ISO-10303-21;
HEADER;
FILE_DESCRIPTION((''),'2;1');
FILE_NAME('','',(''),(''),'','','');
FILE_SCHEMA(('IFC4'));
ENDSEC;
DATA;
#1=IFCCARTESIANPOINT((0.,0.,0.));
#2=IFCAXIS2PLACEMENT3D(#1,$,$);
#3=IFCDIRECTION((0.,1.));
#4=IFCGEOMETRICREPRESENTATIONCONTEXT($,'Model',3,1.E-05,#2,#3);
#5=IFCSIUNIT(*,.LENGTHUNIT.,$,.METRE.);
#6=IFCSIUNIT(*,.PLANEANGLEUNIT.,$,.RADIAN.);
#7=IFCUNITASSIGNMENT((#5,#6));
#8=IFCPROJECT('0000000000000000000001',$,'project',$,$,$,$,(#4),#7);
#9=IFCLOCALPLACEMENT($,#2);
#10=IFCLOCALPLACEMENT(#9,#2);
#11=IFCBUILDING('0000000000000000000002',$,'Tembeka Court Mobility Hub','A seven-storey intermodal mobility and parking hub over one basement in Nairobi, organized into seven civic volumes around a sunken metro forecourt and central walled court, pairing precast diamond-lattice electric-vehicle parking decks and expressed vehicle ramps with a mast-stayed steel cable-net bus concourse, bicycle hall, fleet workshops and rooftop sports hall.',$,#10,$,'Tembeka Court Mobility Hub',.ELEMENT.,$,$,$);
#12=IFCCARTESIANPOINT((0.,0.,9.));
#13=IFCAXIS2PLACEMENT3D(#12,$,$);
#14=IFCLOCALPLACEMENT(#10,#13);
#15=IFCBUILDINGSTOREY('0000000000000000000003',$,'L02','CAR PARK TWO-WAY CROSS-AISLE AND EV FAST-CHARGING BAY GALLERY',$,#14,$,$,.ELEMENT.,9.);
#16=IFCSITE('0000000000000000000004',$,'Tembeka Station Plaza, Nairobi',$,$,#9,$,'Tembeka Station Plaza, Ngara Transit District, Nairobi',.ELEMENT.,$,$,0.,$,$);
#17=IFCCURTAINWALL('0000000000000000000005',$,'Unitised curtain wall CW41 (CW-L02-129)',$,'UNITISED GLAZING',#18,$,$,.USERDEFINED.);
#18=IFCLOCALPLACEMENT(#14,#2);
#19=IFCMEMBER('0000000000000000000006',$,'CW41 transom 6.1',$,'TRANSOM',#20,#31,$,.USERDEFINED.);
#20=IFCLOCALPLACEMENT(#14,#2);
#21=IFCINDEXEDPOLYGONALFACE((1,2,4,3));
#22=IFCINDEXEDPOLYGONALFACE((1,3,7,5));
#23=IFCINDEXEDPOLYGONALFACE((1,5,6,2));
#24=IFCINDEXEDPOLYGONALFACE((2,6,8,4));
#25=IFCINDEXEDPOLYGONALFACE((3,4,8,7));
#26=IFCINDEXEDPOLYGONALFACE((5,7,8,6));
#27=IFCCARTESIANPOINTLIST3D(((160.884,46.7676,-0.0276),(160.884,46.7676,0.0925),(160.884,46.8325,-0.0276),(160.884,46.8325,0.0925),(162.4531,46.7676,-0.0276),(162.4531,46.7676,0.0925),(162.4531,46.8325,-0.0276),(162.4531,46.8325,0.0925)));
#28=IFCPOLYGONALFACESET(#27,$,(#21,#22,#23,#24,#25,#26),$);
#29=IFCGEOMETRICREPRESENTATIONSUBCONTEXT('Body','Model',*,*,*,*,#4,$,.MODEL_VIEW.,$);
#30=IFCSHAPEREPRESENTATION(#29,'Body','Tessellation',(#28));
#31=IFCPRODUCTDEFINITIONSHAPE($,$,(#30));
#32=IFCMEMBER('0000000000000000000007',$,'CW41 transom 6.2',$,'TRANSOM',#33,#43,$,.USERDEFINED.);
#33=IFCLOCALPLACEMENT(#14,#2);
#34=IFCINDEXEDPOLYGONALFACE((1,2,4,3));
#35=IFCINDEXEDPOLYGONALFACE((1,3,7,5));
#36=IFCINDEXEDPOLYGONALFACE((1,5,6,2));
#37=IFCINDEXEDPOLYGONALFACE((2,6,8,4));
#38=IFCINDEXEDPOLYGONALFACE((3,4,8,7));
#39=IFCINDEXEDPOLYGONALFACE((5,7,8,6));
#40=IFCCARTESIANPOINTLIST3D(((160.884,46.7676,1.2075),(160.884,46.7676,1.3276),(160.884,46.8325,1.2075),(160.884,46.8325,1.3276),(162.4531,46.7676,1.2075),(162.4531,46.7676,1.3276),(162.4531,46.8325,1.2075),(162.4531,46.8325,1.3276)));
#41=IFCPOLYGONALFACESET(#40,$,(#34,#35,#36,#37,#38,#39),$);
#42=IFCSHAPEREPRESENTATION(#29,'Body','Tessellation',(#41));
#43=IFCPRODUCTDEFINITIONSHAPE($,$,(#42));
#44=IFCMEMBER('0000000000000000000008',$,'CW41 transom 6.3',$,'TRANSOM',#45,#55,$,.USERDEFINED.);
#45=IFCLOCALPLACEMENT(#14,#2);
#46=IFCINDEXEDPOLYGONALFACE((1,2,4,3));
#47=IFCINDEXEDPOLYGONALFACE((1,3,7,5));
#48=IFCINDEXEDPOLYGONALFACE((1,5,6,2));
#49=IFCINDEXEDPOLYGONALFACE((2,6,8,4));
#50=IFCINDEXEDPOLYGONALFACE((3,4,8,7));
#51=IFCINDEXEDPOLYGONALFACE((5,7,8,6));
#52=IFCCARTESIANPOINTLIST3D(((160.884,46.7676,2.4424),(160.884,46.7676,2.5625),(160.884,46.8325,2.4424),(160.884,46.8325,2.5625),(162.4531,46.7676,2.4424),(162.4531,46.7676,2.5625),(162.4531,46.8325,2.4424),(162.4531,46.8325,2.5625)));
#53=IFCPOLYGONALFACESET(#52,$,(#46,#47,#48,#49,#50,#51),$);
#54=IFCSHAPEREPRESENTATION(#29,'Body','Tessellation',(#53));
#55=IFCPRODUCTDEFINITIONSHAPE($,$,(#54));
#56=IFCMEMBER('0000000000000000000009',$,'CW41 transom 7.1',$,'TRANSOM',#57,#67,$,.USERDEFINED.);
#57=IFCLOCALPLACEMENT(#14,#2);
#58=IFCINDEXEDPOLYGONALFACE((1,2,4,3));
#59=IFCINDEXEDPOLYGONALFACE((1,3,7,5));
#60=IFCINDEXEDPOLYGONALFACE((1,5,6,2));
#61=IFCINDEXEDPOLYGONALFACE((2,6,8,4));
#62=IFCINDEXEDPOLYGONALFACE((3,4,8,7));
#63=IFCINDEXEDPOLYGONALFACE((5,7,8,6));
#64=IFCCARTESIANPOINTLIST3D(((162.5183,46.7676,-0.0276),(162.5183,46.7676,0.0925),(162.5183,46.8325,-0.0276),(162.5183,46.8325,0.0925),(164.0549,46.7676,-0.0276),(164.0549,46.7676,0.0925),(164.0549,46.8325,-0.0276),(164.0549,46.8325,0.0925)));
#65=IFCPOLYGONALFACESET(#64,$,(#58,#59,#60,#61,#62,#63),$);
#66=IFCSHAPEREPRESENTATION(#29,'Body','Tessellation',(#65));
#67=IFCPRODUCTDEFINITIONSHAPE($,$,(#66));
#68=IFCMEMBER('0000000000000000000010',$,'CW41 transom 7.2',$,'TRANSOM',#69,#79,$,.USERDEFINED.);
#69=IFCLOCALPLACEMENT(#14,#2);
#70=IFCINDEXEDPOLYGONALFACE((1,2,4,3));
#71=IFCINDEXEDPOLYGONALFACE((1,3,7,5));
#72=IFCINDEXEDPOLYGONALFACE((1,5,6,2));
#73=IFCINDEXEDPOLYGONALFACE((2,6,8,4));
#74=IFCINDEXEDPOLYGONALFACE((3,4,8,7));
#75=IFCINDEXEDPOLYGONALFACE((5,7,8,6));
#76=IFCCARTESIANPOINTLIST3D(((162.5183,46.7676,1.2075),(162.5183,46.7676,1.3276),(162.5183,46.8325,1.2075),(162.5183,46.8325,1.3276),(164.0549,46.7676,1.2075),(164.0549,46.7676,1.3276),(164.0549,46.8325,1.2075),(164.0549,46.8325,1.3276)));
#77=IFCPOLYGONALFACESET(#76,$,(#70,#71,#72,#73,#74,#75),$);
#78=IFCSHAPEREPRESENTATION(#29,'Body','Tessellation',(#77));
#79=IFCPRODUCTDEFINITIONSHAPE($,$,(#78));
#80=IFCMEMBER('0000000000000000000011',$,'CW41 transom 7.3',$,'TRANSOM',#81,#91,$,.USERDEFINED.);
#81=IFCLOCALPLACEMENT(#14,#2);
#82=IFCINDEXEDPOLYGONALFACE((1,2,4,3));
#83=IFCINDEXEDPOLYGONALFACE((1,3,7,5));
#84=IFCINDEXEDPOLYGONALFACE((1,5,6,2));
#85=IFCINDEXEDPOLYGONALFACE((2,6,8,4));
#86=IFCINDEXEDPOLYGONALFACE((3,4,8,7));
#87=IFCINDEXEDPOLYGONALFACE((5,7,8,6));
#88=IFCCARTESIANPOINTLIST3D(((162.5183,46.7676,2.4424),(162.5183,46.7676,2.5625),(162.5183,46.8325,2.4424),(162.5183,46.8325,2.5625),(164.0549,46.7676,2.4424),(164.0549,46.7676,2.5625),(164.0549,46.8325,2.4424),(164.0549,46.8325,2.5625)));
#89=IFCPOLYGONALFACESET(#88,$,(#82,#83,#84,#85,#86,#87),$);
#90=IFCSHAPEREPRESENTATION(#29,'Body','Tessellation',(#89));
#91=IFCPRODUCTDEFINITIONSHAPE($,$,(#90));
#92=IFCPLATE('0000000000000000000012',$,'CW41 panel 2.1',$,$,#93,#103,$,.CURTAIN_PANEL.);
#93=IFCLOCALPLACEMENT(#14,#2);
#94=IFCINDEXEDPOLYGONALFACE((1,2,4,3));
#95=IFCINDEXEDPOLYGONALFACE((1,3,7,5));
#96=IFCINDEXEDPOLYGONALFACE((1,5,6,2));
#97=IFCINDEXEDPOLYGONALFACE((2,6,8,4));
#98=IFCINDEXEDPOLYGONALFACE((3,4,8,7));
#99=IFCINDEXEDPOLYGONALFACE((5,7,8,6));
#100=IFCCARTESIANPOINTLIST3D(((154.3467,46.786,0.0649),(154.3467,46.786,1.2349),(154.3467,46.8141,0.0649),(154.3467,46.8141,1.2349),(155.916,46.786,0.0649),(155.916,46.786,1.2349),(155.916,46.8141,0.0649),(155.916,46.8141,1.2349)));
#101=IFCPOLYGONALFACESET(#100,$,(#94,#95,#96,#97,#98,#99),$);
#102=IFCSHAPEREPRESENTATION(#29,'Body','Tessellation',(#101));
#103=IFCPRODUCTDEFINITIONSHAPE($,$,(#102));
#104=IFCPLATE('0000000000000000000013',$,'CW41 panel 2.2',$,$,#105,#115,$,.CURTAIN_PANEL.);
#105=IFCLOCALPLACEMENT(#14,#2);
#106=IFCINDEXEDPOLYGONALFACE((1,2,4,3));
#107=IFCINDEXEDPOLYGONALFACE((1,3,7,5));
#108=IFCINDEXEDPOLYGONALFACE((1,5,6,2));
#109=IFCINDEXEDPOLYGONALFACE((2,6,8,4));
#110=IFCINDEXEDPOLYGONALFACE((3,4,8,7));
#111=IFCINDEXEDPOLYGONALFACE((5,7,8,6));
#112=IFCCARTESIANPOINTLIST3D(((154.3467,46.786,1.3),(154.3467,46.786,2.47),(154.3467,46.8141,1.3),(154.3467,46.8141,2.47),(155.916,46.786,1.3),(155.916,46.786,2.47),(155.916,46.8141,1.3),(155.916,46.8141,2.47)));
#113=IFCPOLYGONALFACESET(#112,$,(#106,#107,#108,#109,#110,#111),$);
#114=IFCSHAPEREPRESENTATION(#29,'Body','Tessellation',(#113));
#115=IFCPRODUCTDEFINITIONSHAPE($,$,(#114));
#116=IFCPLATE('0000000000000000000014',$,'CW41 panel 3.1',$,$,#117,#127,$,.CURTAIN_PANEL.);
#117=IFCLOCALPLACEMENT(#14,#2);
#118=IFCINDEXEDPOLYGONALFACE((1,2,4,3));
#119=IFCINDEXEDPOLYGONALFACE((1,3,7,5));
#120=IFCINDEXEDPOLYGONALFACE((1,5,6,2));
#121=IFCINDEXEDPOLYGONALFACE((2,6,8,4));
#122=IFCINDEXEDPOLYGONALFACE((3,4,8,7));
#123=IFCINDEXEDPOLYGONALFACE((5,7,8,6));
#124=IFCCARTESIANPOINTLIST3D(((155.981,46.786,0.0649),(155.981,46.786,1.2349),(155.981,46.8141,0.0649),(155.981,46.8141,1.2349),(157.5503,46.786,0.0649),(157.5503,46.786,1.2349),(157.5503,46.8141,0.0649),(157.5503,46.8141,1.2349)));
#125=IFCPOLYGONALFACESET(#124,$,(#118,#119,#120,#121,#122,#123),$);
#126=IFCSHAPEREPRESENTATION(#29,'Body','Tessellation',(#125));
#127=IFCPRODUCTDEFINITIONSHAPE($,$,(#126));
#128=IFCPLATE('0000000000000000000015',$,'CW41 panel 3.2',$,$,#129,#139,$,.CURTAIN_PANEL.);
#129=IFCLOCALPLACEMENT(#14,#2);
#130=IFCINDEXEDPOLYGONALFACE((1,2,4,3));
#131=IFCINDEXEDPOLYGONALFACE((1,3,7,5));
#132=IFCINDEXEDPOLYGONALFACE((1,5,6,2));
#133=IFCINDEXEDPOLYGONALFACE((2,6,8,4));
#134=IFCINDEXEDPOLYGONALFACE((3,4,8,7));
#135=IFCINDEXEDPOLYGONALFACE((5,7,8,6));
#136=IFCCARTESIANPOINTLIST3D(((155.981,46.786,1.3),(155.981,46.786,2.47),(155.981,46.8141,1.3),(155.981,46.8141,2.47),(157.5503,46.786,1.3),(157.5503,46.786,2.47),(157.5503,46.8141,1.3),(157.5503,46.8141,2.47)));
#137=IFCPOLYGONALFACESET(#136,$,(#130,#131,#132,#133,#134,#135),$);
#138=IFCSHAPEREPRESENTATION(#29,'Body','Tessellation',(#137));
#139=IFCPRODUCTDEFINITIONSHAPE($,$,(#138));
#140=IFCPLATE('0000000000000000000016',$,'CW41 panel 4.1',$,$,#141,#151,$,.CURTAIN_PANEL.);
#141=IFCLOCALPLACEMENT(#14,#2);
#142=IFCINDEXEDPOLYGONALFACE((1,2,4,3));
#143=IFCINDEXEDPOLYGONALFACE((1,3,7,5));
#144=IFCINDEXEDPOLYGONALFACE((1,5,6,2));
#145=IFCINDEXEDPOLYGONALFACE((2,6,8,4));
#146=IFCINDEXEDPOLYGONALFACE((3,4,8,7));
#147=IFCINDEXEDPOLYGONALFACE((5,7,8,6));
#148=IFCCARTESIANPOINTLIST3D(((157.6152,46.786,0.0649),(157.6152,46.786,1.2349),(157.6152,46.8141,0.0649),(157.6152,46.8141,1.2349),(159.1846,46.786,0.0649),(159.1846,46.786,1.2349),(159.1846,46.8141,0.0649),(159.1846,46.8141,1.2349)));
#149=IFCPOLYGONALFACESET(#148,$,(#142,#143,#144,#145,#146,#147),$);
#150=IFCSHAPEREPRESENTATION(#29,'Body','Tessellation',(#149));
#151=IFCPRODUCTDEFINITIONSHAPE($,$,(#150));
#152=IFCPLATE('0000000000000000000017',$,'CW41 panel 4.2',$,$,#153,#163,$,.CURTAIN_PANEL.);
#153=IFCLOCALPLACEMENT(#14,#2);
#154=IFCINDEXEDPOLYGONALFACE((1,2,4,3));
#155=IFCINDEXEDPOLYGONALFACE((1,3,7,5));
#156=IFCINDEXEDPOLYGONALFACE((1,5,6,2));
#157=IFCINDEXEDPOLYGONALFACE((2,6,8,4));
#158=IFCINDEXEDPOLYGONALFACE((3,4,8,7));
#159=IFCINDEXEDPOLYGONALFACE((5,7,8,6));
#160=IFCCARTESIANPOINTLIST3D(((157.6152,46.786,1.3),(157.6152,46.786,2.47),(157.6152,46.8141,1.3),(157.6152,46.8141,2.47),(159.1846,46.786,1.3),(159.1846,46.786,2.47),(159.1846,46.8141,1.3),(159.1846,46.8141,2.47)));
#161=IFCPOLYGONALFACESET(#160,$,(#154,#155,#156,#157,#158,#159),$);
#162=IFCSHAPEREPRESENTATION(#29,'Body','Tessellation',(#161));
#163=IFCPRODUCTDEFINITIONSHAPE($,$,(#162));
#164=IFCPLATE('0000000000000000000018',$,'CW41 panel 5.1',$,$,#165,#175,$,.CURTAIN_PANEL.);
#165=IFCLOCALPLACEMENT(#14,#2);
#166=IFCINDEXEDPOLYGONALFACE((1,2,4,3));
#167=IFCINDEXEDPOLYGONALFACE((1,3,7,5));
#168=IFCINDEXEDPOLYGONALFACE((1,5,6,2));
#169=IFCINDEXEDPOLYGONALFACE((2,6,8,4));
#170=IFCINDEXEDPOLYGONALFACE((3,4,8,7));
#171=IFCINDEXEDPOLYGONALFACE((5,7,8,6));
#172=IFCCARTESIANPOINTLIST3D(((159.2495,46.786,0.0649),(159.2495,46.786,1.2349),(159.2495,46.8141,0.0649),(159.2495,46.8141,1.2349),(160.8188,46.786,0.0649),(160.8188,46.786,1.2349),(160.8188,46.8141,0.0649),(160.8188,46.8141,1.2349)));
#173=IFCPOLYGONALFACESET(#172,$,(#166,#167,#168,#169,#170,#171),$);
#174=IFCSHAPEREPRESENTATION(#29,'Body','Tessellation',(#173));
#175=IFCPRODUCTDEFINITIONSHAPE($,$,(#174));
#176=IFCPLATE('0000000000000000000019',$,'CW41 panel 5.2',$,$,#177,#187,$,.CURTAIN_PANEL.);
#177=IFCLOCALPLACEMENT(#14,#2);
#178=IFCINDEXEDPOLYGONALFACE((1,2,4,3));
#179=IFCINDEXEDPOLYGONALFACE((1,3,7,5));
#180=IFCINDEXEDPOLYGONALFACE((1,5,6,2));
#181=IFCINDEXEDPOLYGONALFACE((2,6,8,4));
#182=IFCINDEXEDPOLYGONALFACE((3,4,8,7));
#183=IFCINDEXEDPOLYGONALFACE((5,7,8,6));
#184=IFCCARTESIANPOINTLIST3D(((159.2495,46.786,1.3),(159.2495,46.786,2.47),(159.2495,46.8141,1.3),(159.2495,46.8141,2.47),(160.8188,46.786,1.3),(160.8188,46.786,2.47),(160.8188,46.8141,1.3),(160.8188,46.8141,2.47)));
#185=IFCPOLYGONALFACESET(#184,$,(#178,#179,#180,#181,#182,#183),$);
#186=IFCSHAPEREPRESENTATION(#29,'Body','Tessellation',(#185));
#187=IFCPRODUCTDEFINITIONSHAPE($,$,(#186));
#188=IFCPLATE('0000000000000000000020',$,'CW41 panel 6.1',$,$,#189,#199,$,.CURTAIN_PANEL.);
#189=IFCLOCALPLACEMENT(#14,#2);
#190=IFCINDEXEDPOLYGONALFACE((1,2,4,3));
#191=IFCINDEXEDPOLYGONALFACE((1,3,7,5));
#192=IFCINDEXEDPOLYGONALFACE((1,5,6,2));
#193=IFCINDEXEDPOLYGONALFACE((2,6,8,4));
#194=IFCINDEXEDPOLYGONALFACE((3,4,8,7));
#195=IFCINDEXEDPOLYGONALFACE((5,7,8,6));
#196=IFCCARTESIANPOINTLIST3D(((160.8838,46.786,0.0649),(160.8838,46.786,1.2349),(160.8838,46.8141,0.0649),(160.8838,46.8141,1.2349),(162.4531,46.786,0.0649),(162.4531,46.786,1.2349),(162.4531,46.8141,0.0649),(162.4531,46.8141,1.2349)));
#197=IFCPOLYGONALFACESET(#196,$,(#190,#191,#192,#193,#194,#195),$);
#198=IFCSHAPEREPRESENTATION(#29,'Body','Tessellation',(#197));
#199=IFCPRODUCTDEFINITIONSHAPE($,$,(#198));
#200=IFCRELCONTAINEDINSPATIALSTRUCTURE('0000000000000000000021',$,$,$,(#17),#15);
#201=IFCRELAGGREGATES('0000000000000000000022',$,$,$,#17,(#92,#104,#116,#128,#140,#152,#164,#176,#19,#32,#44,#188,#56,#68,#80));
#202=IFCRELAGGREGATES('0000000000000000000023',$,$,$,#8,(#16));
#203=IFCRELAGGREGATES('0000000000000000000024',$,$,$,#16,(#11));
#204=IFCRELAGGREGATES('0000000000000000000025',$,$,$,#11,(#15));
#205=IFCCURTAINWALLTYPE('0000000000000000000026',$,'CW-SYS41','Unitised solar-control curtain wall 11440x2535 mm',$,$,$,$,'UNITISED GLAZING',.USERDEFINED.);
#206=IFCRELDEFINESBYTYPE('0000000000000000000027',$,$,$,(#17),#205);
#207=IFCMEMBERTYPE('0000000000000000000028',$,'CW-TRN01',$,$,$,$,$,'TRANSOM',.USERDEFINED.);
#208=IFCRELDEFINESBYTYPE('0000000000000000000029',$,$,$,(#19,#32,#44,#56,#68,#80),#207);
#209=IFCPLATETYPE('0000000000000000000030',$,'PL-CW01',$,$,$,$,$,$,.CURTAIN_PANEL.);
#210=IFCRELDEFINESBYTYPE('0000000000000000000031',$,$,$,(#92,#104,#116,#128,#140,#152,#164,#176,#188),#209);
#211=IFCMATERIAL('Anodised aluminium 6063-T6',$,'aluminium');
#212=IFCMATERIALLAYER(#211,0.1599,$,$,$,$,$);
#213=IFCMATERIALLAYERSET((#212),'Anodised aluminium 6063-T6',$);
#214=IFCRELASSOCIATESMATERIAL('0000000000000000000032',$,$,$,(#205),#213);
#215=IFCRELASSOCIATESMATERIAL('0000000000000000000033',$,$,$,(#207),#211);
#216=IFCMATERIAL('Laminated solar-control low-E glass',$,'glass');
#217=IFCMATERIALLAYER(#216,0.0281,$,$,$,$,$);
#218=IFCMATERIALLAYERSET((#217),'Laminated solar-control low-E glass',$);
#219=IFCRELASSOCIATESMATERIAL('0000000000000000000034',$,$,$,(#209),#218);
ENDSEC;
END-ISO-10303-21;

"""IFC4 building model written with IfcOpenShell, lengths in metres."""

from ifc_helpers import new_model, si_unit, direction, frame, origin, origin_2d, place, context, subcontext, project, spatial, rectangle, extrude, material, layer, layer_set, material_profile, profile_set, type_object, element, aggregate, save


model = new_model("IFC4")

# Units and contexts
model_context = context("Model", 3, precision=1e-05, world=origin(), true_north=direction((0.0, 1.0)))
body_context = subcontext(model_context, "Body", "Model", "MODEL_VIEW")
ifc_project = project(units=[si_unit("LENGTHUNIT", "METRE"), si_unit("PLANEANGLEUNIT", "RADIAN")], contexts=[model_context])

# Site, building, storey
site_placement = place(None, origin())
site = spatial("IfcSite", under=ifc_project, at=site_placement, Name="Tembeka Station Plaza, Nairobi", LongName="Tembeka Station Plaza, Ngara Transit District, Nairobi", CompositionType="ELEMENT", RefElevation=0.0)
building_placement = place(site_placement, origin())
building = spatial("IfcBuilding", under=site, at=building_placement, Name="Tembeka Court Mobility Hub", Description="A seven-storey intermodal mobility and parking hub over one basement in Nairobi, organized into seven civic volumes around a sunken metro forecourt and central walled court, pairing precast diamond-lattice electric-vehicle parking decks and expressed vehicle ramps with a mast-stayed steel cable-net bus concourse, bicycle hall, fleet workshops and rooftop sports hall.", LongName="Tembeka Court Mobility Hub", CompositionType="ELEMENT")
storey_placement = place(building_placement, frame((0.0, 0.0, 9.0)))
storey = spatial("IfcBuildingStorey", under=building, at=storey_placement, Name="L02", Description="CAR PARK TWO-WAY CROSS-AISLE AND EV FAST-CHARGING BAY GALLERY", CompositionType="ELEMENT", Elevation=9.0)

# Curtain wall, members, plates
ifc_material_1 = material(Name="Anodised aluminium 6063-T6", Category="aluminium")
ifc_layer_1 = layer(ifc_material_1, 0.1599)
ifc_layer_set_1 = layer_set([ifc_layer_1], Name="Anodised aluminium 6063-T6")
curtain_wall_type = type_object("IfcCurtainWallType", Name="CW-SYS41", Description="Unitised solar-control curtain wall 11440x2535 mm", ElementType="UNITISED GLAZING", PredefinedType="USERDEFINED", material=ifc_layer_set_1)
curtain_wall_placement = place(storey_placement, origin())
curtain_wall = element("IfcCurtainWall", 1, at=curtain_wall_placement, inside=storey, type_object=curtain_wall_type, Name="Unitised curtain wall CW41 (CW-L02-129)", ObjectType="UNITISED GLAZING", PredefinedType="USERDEFINED")
ifc_material_profile_1 = material_profile(ifc_material_1, rectangle(XDim=0.0649, YDim=0.1201, at=origin_2d()), Name="ALU-TRN 65x120")
ifc_profile_set_1 = profile_set([ifc_material_profile_1], Name="Anodised aluminium 6063-T6")
member_type_1 = type_object("IfcMemberType", Name="CW-TRN01", ElementType="TRANSOM", PredefinedType="USERDEFINED", material=ifc_profile_set_1)
member_1_placement = place(storey_placement, frame((160.884, 46.8, 0.0325), z_axis=(1.0, 0.0, 0.0), x_axis=(0.0, 1.0, 0.0)))
member_1 = element("IfcMember", 2, at=member_1_placement, type_object=member_type_1, Name="CW41 transom 6.1", ObjectType="TRANSOM", PredefinedType="USERDEFINED", context=body_context, shape_type="SweptSolid", body=[
    extrude(rectangle(XDim=0.0649, YDim=0.1201, at=origin_2d()), origin(), (0.0, 0.0, 1.0), 1.5691),
])
member_2_placement = place(storey_placement, frame((160.884, 46.8, 1.2676), z_axis=(1.0, 0.0, 0.0), x_axis=(0.0, 1.0, 0.0)))
member_2 = element("IfcMember", 3, at=member_2_placement, type_object=member_type_1, Name="CW41 transom 6.2", ObjectType="TRANSOM", PredefinedType="USERDEFINED", context=body_context, shape_type="SweptSolid", body=[
    extrude(rectangle(XDim=0.0649, YDim=0.1201, at=origin_2d()), origin(), (0.0, 0.0, 1.0), 1.5691),
])
member_3_placement = place(storey_placement, frame((160.884, 46.8, 2.5024), z_axis=(1.0, 0.0, 0.0), x_axis=(0.0, 1.0, 0.0)))
member_3 = element("IfcMember", 4, at=member_3_placement, type_object=member_type_1, Name="CW41 transom 6.3", ObjectType="TRANSOM", PredefinedType="USERDEFINED", context=body_context, shape_type="SweptSolid", body=[
    extrude(rectangle(XDim=0.0649, YDim=0.1201, at=origin_2d()), origin(), (0.0, 0.0, 1.0), 1.5691),
])
member_4_placement = place(storey_placement, frame((162.5183, 46.8, 0.0325), z_axis=(1.0, 0.0, 0.0), x_axis=(0.0, 1.0, 0.0)))
member_4 = element("IfcMember", 5, at=member_4_placement, type_object=member_type_1, Name="CW41 transom 7.1", ObjectType="TRANSOM", PredefinedType="USERDEFINED", context=body_context, shape_type="SweptSolid", body=[
    extrude(rectangle(XDim=0.0649, YDim=0.1201, at=origin_2d()), origin(), (0.0, 0.0, 1.0), 1.5366),
])
member_5_placement = place(storey_placement, frame((162.5183, 46.8, 1.2676), z_axis=(1.0, 0.0, 0.0), x_axis=(0.0, 1.0, 0.0)))
member_5 = element("IfcMember", 6, at=member_5_placement, type_object=member_type_1, Name="CW41 transom 7.2", ObjectType="TRANSOM", PredefinedType="USERDEFINED", context=body_context, shape_type="SweptSolid", body=[
    extrude(rectangle(XDim=0.0649, YDim=0.1201, at=origin_2d()), origin(), (0.0, 0.0, 1.0), 1.5366),
])
member_6_placement = place(storey_placement, frame((162.5183, 46.8, 2.5024), z_axis=(1.0, 0.0, 0.0), x_axis=(0.0, 1.0, 0.0)))
member_6 = element("IfcMember", 7, at=member_6_placement, type_object=member_type_1, Name="CW41 transom 7.3", ObjectType="TRANSOM", PredefinedType="USERDEFINED", context=body_context, shape_type="SweptSolid", body=[
    extrude(rectangle(XDim=0.0649, YDim=0.1201, at=origin_2d()), origin(), (0.0, 0.0, 1.0), 1.5366),
])
ifc_material_2 = material(Name="Laminated solar-control low-E glass", Category="glass")
ifc_layer_2 = layer(ifc_material_2, 0.0281)
ifc_layer_set_2 = layer_set([ifc_layer_2], Name="Laminated solar-control low-E glass")
plate_type = type_object("IfcPlateType", Name="PL-CW01", PredefinedType="CURTAIN_PANEL", material=ifc_layer_set_2)
plate_1_placement = place(storey_placement, frame((155.1313, 46.8, 0.0649), z_axis=(0.0, 0.0, 1.0), x_axis=(1.0, 0.0, 0.0)))
plate_1 = element("IfcPlate", 8, at=plate_1_placement, type_object=plate_type, Name="CW41 panel 2.1", PredefinedType="CURTAIN_PANEL", context=body_context, shape_type="SweptSolid", body=[
    extrude(rectangle(XDim=1.5693, YDim=0.0281, at=origin_2d()), origin(), (0.0, 0.0, 1.0), 1.1699),
])
plate_2_placement = place(storey_placement, frame((155.1313, 46.8, 1.3), z_axis=(0.0, 0.0, 1.0), x_axis=(1.0, 0.0, 0.0)))
plate_2 = element("IfcPlate", 9, at=plate_2_placement, type_object=plate_type, Name="CW41 panel 2.2", PredefinedType="CURTAIN_PANEL", context=body_context, shape_type="SweptSolid", body=[
    extrude(rectangle(XDim=1.5693, YDim=0.0281, at=origin_2d()), origin(), (0.0, 0.0, 1.0), 1.1699),
])
plate_3_placement = place(storey_placement, frame((156.7656, 46.8, 0.0649), z_axis=(0.0, 0.0, 1.0), x_axis=(1.0, 0.0, 0.0)))
plate_3 = element("IfcPlate", 10, at=plate_3_placement, type_object=plate_type, Name="CW41 panel 3.1", PredefinedType="CURTAIN_PANEL", context=body_context, shape_type="SweptSolid", body=[
    extrude(rectangle(XDim=1.5693, YDim=0.0281, at=origin_2d()), origin(), (0.0, 0.0, 1.0), 1.1699),
])
plate_4_placement = place(storey_placement, frame((156.7656, 46.8, 1.3), z_axis=(0.0, 0.0, 1.0), x_axis=(1.0, 0.0, 0.0)))
plate_4 = element("IfcPlate", 11, at=plate_4_placement, type_object=plate_type, Name="CW41 panel 3.2", PredefinedType="CURTAIN_PANEL", context=body_context, shape_type="SweptSolid", body=[
    extrude(rectangle(XDim=1.5693, YDim=0.0281, at=origin_2d()), origin(), (0.0, 0.0, 1.0), 1.1699),
])
plate_5_placement = place(storey_placement, frame((158.3999, 46.8, 0.0649), z_axis=(0.0, 0.0, 1.0), x_axis=(1.0, 0.0, 0.0)))
plate_5 = element("IfcPlate", 12, at=plate_5_placement, type_object=plate_type, Name="CW41 panel 4.1", PredefinedType="CURTAIN_PANEL", context=body_context, shape_type="SweptSolid", body=[
    extrude(rectangle(XDim=1.5693, YDim=0.0281, at=origin_2d()), origin(), (0.0, 0.0, 1.0), 1.1699),
])
plate_6_placement = place(storey_placement, frame((158.3999, 46.8, 1.3), z_axis=(0.0, 0.0, 1.0), x_axis=(1.0, 0.0, 0.0)))
plate_6 = element("IfcPlate", 13, at=plate_6_placement, type_object=plate_type, Name="CW41 panel 4.2", PredefinedType="CURTAIN_PANEL", context=body_context, shape_type="SweptSolid", body=[
    extrude(rectangle(XDim=1.5693, YDim=0.0281, at=origin_2d()), origin(), (0.0, 0.0, 1.0), 1.1699),
])
plate_7_placement = place(storey_placement, frame((160.0342, 46.8, 0.0649), z_axis=(0.0, 0.0, 1.0), x_axis=(1.0, 0.0, 0.0)))
plate_7 = element("IfcPlate", 14, at=plate_7_placement, type_object=plate_type, Name="CW41 panel 5.1", PredefinedType="CURTAIN_PANEL", context=body_context, shape_type="SweptSolid", body=[
    extrude(rectangle(XDim=1.5693, YDim=0.0281, at=origin_2d()), origin(), (0.0, 0.0, 1.0), 1.1699),
])
plate_8_placement = place(storey_placement, frame((160.0342, 46.8, 1.3), z_axis=(0.0, 0.0, 1.0), x_axis=(1.0, 0.0, 0.0)))
plate_8 = element("IfcPlate", 15, at=plate_8_placement, type_object=plate_type, Name="CW41 panel 5.2", PredefinedType="CURTAIN_PANEL", context=body_context, shape_type="SweptSolid", body=[
    extrude(rectangle(XDim=1.5693, YDim=0.0281, at=origin_2d()), origin(), (0.0, 0.0, 1.0), 1.1699),
])
plate_9_placement = place(storey_placement, frame((161.6685, 46.8, 0.0649), z_axis=(0.0, 0.0, 1.0), x_axis=(1.0, 0.0, 0.0)))
plate_9 = element("IfcPlate", 16, at=plate_9_placement, type_object=plate_type, Name="CW41 panel 6.1", PredefinedType="CURTAIN_PANEL", context=body_context, shape_type="SweptSolid", body=[
    extrude(rectangle(XDim=1.5693, YDim=0.0281, at=origin_2d()), origin(), (0.0, 0.0, 1.0), 1.1699),
])
aggregate(curtain_wall, [plate_1, plate_2, plate_3, plate_4, plate_5, plate_6, plate_7, plate_8, member_1, member_2, member_3, plate_9, member_4, member_5, member_6])

save(model, "model.ifc")
